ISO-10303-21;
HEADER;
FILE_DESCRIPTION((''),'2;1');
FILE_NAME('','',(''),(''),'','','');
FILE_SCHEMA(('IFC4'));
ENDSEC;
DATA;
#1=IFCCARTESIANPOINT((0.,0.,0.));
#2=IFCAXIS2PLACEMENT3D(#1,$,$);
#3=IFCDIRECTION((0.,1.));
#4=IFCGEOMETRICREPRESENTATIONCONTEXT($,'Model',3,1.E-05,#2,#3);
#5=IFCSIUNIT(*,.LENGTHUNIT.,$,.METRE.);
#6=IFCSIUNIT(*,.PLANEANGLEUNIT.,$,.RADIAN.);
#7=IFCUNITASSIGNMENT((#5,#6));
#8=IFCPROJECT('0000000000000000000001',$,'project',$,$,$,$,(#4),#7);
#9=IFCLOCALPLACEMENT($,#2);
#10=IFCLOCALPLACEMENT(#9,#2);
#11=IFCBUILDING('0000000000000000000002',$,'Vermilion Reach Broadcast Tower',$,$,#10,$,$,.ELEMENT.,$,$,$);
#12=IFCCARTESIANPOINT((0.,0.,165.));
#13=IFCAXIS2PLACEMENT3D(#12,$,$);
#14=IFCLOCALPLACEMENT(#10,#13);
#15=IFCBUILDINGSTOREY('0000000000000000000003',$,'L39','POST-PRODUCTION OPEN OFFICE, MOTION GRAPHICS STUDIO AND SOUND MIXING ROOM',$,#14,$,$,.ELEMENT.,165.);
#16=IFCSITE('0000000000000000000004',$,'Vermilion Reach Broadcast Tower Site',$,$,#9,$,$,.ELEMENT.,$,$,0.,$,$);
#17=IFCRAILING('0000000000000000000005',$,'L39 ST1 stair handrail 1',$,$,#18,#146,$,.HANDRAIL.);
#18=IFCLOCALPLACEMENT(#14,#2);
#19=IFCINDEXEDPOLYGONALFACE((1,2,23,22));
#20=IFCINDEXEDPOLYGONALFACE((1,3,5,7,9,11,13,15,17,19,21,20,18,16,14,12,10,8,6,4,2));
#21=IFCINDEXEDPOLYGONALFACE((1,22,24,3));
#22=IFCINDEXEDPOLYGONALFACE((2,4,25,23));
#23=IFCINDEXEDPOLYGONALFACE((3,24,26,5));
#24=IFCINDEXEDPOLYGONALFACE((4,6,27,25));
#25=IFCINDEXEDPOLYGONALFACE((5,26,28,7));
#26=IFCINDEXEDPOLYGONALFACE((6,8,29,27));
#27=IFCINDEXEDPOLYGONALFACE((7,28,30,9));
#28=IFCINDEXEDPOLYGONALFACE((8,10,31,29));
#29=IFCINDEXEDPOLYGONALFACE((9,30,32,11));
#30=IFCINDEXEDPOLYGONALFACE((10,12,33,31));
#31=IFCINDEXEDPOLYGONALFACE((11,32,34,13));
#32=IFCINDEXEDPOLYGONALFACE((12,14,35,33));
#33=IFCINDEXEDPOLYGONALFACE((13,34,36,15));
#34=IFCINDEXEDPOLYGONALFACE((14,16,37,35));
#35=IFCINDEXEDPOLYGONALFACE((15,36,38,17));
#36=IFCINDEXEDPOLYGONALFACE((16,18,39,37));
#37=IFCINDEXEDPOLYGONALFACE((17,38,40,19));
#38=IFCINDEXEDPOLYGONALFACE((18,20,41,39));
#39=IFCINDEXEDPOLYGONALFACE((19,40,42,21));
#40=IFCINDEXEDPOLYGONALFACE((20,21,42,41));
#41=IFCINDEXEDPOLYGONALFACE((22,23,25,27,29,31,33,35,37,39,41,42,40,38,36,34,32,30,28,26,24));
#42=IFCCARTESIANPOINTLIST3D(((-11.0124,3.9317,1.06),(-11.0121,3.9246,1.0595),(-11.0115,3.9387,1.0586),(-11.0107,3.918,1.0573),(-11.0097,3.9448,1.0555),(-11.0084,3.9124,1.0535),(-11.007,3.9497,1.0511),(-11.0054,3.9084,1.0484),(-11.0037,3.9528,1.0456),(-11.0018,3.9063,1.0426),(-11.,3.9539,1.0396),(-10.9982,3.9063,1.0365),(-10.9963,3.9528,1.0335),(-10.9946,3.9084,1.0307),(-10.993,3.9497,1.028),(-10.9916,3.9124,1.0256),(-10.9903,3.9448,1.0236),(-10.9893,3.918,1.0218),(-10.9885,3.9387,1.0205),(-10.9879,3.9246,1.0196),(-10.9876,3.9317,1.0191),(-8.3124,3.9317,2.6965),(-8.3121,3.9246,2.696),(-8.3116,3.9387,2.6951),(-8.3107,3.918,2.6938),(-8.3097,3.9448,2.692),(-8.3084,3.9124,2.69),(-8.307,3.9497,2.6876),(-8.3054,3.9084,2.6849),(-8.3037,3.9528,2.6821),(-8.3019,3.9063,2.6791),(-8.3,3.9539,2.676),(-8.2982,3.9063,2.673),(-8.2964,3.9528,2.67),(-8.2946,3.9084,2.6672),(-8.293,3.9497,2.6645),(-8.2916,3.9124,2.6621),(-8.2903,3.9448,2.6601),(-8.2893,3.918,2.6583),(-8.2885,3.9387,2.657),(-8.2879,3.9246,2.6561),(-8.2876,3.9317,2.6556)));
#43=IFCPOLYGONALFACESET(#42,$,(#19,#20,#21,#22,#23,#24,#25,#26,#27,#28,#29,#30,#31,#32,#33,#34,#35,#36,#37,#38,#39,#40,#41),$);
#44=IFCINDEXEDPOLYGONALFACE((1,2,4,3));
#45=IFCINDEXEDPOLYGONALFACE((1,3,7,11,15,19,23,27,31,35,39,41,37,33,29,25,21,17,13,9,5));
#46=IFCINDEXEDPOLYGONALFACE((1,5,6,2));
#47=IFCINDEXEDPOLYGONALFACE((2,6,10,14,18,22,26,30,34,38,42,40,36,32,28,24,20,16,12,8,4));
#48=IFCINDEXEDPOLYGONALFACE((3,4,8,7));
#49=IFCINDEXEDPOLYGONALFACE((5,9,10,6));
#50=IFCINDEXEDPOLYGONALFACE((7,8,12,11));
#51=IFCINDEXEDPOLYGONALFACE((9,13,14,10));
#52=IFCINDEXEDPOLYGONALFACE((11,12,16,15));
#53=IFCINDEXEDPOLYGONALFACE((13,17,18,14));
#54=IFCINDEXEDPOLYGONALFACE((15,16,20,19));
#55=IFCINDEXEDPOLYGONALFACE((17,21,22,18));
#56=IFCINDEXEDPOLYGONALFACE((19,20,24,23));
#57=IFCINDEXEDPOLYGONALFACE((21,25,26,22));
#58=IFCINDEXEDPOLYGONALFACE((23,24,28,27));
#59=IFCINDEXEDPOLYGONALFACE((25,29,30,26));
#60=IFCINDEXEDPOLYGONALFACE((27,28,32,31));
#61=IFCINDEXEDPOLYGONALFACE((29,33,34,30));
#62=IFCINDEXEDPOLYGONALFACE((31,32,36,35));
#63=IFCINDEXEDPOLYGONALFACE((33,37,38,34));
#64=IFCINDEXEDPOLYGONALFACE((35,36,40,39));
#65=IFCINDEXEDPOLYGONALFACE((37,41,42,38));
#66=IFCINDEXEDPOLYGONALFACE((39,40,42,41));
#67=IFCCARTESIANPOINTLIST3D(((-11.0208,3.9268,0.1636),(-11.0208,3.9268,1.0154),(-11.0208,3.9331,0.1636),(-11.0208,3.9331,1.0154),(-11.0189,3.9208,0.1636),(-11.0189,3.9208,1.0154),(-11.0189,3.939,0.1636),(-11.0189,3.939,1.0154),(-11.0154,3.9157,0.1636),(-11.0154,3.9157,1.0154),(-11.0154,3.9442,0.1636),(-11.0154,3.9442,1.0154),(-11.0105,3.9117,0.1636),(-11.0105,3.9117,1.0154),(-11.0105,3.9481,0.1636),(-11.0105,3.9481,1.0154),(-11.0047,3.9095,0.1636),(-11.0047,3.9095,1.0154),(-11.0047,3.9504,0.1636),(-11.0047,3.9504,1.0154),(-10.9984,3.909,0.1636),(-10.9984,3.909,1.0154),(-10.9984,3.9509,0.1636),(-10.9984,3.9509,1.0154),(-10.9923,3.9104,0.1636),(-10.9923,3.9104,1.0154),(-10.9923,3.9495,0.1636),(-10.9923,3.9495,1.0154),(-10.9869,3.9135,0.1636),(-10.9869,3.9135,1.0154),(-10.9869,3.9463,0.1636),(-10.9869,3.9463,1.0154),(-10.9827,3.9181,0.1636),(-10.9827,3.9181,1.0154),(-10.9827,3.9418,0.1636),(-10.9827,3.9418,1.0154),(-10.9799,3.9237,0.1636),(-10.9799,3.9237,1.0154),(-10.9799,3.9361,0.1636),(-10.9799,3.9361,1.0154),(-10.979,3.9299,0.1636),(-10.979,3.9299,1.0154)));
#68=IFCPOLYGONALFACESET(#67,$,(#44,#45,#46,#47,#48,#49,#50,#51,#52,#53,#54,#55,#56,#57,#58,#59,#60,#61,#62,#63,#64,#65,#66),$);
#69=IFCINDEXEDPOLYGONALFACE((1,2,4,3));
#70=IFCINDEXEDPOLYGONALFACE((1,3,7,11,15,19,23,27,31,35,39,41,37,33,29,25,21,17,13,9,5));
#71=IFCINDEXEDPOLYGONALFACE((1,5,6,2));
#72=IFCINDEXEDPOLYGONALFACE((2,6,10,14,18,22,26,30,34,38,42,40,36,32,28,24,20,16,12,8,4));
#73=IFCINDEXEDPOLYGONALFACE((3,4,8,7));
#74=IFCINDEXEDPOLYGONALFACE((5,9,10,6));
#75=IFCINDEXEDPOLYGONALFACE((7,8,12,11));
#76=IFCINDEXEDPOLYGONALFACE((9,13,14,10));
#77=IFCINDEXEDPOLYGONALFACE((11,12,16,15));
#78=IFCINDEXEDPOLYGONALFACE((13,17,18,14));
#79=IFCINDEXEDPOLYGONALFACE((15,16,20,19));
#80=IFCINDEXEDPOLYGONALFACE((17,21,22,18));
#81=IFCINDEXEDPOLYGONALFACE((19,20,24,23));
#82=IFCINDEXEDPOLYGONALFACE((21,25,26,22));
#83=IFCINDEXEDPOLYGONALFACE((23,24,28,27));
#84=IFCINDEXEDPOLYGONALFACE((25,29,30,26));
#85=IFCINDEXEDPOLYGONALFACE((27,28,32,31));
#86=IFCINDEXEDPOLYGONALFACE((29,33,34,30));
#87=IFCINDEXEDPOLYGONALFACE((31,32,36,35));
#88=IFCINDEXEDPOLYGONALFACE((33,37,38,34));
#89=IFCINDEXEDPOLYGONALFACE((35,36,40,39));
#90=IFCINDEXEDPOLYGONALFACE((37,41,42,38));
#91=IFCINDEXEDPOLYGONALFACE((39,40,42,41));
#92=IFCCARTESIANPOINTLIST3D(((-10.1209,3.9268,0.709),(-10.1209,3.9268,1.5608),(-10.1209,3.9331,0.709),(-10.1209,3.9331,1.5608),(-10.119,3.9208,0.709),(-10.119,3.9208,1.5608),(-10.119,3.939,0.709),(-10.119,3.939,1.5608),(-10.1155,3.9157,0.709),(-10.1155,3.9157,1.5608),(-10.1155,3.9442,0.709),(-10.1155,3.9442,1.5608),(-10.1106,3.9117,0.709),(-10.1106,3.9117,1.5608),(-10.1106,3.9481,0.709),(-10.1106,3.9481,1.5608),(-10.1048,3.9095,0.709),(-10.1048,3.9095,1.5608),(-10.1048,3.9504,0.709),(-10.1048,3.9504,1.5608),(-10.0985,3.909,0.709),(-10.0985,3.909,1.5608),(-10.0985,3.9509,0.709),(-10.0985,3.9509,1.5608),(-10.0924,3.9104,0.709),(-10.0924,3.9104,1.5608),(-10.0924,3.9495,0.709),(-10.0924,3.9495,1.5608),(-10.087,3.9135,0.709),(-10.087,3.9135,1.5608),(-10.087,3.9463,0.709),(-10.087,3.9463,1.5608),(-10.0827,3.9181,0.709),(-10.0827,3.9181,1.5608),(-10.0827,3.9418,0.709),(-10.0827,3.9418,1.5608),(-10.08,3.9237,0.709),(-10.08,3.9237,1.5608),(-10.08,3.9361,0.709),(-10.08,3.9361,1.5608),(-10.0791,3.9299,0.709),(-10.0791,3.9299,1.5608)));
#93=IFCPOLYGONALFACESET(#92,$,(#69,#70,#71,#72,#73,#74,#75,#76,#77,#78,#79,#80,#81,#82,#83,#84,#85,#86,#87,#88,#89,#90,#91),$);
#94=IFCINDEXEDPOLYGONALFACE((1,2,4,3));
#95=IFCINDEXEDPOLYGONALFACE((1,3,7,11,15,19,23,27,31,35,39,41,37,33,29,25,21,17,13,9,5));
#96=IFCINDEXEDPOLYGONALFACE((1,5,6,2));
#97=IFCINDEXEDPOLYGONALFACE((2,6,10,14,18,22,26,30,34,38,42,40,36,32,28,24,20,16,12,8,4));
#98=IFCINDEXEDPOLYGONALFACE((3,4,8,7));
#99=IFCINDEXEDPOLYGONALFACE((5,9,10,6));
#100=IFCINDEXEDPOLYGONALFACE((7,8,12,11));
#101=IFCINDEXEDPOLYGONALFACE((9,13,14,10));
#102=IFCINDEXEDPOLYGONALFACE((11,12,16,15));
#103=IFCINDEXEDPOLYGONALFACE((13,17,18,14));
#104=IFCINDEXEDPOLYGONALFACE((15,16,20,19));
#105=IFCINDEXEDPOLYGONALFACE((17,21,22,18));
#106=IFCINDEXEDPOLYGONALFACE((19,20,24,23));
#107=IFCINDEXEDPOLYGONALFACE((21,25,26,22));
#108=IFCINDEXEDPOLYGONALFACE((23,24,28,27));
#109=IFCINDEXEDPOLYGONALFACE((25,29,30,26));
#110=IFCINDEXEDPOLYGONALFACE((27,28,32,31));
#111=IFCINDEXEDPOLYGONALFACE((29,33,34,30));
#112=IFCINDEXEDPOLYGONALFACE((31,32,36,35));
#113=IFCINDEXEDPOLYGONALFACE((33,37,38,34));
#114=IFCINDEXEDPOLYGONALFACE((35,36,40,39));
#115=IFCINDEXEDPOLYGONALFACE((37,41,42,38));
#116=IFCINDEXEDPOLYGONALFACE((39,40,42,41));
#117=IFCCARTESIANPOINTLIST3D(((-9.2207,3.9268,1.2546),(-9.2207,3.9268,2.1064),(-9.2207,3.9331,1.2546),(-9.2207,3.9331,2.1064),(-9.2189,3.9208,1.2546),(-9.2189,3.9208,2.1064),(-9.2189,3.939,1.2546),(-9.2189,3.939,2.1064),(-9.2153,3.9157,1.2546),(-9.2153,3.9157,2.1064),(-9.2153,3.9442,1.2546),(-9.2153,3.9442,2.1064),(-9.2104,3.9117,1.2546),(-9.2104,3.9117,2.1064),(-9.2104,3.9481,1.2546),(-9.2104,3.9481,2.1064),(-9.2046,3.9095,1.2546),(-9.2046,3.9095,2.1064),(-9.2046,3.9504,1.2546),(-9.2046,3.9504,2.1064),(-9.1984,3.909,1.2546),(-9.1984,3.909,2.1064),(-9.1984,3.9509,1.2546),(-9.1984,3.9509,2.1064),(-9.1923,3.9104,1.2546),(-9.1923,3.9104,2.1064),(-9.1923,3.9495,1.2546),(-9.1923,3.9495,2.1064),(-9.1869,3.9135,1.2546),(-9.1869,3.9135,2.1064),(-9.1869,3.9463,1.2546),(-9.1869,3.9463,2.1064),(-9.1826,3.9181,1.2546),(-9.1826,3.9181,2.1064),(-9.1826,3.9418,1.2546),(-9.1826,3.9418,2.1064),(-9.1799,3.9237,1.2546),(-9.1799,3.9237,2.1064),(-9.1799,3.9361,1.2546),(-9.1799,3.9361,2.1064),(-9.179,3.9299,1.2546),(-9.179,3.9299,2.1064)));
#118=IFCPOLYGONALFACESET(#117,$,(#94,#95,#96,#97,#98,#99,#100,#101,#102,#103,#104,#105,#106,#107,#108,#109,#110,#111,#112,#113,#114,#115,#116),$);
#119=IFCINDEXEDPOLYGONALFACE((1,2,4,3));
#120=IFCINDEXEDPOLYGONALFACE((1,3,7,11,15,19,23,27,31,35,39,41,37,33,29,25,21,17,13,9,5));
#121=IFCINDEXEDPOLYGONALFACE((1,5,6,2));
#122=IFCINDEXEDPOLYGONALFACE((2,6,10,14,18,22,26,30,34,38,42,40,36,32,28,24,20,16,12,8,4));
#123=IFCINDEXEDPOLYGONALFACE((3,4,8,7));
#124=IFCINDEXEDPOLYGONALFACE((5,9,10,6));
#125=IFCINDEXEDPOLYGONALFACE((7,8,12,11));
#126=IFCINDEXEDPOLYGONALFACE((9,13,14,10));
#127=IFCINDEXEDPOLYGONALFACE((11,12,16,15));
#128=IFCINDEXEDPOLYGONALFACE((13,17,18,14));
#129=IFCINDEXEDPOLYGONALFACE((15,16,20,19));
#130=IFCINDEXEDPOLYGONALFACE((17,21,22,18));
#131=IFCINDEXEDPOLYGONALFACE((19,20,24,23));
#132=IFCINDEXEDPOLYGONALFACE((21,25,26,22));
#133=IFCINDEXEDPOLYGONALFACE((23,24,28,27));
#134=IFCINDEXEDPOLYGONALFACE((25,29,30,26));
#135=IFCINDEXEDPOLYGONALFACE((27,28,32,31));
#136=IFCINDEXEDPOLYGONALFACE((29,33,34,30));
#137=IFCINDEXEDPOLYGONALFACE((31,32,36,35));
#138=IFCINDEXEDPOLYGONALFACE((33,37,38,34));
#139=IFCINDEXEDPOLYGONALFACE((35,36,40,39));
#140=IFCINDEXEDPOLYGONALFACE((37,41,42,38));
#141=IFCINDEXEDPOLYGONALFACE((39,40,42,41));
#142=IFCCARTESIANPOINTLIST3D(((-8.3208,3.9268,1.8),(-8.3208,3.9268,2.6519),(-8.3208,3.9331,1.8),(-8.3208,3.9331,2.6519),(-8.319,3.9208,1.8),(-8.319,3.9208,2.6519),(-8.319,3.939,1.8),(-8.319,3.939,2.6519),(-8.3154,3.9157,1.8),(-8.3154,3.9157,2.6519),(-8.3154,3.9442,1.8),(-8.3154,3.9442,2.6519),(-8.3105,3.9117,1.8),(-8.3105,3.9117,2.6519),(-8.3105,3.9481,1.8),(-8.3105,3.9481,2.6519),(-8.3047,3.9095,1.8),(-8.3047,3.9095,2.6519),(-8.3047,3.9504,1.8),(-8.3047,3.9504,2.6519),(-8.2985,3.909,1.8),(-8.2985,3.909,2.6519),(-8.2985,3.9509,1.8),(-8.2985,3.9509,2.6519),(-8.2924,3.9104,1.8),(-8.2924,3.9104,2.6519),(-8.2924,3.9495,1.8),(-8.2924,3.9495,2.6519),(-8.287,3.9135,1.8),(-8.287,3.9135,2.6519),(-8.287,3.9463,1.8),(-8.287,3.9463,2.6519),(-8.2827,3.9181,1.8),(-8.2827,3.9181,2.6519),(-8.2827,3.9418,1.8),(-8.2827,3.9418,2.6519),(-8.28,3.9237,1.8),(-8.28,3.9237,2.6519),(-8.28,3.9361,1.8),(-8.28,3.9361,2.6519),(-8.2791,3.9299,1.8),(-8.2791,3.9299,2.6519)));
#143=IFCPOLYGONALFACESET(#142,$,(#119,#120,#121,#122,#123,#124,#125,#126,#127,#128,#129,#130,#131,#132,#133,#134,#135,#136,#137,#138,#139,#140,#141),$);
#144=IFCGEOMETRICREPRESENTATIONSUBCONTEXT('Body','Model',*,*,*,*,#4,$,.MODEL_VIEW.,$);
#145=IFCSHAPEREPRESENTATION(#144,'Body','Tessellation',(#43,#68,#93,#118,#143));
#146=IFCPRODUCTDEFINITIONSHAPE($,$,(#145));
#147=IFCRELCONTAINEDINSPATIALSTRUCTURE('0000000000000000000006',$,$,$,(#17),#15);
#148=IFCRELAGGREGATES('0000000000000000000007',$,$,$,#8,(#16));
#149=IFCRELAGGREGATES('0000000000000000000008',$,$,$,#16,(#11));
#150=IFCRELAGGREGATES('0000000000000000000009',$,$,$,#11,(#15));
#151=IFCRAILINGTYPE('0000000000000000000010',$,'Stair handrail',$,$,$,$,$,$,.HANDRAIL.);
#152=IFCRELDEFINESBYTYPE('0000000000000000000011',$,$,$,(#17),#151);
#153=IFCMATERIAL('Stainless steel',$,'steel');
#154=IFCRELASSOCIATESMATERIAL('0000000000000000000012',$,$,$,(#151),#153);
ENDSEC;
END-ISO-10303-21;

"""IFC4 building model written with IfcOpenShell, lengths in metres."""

from ifc_helpers import new_model, si_unit, direction, frame, origin, origin_2d, place, context, subcontext, project, spatial, circle, extrude, material, type_object, element, save


model = new_model("IFC4")

# Units and contexts
model_context = context("Model", 3, precision=1e-05, world=origin(), true_north=direction((0.0, 1.0)))
body_context = subcontext(model_context, "Body", "Model", "MODEL_VIEW")
ifc_project = project(units=[si_unit("LENGTHUNIT", "METRE"), si_unit("PLANEANGLEUNIT", "RADIAN")], contexts=[model_context])

# Site, building, storey
site_placement = place(None, origin())
site = spatial("IfcSite", under=ifc_project, at=site_placement, Name="Vermilion Reach Broadcast Tower Site", CompositionType="ELEMENT", RefElevation=0.0)
building_placement = place(site_placement, origin())
building = spatial("IfcBuilding", under=site, at=building_placement, Name="Vermilion Reach Broadcast Tower", CompositionType="ELEMENT")
storey_placement = place(building_placement, frame((0.0, 0.0, 165.0)))
storey = spatial("IfcBuildingStorey", under=building, at=storey_placement, Name="L39", Description="POST-PRODUCTION OPEN OFFICE, MOTION GRAPHICS STUDIO AND SOUND MIXING ROOM", CompositionType="ELEMENT", Elevation=165.0)

# Railing
ifc_material_1 = material(Name="Stainless steel", Category="steel")
railing_type_1 = type_object("IfcRailingType", Name="Stair handrail", PredefinedType="HANDRAIL", material=ifc_material_1)
railing_1_placement = place(storey_placement, frame((-11.0, 3.9299, 0.1636)))
element("IfcRailing", 1, at=railing_1_placement, inside=storey, type_object=railing_type_1, Name="L39 ST1 stair handrail 1", PredefinedType="HANDRAIL", context=body_context, shape_type="SweptSolid", body=[
    extrude(circle(Radius=0.0239, at=origin_2d()), frame((0.0, 0.0, 0.876), z_axis=(0.855178, 0.0, 0.518334), x_axis=(0.0, 1.0, 0.0)), (0.0, 0.0, 1.0), 3.1572),
    extrude(circle(Radius=0.021, at=origin_2d()), origin(), (0.0, 0.0, 1.0), 0.8518),
    extrude(circle(Radius=0.021, at=origin_2d()), frame((0.8999, 0.0, 0.5454)), (0.0, 0.0, 1.0), 0.8518),
    extrude(circle(Radius=0.021, at=origin_2d()), frame((1.8, 0.0, 1.0911)), (0.0, 0.0, 1.0), 0.8518),
    extrude(circle(Radius=0.021, at=origin_2d()), frame((2.7, 0.0, 1.6365)), (0.0, 0.0, 1.0), 0.8518),
])

save(model, "model.ifc")
